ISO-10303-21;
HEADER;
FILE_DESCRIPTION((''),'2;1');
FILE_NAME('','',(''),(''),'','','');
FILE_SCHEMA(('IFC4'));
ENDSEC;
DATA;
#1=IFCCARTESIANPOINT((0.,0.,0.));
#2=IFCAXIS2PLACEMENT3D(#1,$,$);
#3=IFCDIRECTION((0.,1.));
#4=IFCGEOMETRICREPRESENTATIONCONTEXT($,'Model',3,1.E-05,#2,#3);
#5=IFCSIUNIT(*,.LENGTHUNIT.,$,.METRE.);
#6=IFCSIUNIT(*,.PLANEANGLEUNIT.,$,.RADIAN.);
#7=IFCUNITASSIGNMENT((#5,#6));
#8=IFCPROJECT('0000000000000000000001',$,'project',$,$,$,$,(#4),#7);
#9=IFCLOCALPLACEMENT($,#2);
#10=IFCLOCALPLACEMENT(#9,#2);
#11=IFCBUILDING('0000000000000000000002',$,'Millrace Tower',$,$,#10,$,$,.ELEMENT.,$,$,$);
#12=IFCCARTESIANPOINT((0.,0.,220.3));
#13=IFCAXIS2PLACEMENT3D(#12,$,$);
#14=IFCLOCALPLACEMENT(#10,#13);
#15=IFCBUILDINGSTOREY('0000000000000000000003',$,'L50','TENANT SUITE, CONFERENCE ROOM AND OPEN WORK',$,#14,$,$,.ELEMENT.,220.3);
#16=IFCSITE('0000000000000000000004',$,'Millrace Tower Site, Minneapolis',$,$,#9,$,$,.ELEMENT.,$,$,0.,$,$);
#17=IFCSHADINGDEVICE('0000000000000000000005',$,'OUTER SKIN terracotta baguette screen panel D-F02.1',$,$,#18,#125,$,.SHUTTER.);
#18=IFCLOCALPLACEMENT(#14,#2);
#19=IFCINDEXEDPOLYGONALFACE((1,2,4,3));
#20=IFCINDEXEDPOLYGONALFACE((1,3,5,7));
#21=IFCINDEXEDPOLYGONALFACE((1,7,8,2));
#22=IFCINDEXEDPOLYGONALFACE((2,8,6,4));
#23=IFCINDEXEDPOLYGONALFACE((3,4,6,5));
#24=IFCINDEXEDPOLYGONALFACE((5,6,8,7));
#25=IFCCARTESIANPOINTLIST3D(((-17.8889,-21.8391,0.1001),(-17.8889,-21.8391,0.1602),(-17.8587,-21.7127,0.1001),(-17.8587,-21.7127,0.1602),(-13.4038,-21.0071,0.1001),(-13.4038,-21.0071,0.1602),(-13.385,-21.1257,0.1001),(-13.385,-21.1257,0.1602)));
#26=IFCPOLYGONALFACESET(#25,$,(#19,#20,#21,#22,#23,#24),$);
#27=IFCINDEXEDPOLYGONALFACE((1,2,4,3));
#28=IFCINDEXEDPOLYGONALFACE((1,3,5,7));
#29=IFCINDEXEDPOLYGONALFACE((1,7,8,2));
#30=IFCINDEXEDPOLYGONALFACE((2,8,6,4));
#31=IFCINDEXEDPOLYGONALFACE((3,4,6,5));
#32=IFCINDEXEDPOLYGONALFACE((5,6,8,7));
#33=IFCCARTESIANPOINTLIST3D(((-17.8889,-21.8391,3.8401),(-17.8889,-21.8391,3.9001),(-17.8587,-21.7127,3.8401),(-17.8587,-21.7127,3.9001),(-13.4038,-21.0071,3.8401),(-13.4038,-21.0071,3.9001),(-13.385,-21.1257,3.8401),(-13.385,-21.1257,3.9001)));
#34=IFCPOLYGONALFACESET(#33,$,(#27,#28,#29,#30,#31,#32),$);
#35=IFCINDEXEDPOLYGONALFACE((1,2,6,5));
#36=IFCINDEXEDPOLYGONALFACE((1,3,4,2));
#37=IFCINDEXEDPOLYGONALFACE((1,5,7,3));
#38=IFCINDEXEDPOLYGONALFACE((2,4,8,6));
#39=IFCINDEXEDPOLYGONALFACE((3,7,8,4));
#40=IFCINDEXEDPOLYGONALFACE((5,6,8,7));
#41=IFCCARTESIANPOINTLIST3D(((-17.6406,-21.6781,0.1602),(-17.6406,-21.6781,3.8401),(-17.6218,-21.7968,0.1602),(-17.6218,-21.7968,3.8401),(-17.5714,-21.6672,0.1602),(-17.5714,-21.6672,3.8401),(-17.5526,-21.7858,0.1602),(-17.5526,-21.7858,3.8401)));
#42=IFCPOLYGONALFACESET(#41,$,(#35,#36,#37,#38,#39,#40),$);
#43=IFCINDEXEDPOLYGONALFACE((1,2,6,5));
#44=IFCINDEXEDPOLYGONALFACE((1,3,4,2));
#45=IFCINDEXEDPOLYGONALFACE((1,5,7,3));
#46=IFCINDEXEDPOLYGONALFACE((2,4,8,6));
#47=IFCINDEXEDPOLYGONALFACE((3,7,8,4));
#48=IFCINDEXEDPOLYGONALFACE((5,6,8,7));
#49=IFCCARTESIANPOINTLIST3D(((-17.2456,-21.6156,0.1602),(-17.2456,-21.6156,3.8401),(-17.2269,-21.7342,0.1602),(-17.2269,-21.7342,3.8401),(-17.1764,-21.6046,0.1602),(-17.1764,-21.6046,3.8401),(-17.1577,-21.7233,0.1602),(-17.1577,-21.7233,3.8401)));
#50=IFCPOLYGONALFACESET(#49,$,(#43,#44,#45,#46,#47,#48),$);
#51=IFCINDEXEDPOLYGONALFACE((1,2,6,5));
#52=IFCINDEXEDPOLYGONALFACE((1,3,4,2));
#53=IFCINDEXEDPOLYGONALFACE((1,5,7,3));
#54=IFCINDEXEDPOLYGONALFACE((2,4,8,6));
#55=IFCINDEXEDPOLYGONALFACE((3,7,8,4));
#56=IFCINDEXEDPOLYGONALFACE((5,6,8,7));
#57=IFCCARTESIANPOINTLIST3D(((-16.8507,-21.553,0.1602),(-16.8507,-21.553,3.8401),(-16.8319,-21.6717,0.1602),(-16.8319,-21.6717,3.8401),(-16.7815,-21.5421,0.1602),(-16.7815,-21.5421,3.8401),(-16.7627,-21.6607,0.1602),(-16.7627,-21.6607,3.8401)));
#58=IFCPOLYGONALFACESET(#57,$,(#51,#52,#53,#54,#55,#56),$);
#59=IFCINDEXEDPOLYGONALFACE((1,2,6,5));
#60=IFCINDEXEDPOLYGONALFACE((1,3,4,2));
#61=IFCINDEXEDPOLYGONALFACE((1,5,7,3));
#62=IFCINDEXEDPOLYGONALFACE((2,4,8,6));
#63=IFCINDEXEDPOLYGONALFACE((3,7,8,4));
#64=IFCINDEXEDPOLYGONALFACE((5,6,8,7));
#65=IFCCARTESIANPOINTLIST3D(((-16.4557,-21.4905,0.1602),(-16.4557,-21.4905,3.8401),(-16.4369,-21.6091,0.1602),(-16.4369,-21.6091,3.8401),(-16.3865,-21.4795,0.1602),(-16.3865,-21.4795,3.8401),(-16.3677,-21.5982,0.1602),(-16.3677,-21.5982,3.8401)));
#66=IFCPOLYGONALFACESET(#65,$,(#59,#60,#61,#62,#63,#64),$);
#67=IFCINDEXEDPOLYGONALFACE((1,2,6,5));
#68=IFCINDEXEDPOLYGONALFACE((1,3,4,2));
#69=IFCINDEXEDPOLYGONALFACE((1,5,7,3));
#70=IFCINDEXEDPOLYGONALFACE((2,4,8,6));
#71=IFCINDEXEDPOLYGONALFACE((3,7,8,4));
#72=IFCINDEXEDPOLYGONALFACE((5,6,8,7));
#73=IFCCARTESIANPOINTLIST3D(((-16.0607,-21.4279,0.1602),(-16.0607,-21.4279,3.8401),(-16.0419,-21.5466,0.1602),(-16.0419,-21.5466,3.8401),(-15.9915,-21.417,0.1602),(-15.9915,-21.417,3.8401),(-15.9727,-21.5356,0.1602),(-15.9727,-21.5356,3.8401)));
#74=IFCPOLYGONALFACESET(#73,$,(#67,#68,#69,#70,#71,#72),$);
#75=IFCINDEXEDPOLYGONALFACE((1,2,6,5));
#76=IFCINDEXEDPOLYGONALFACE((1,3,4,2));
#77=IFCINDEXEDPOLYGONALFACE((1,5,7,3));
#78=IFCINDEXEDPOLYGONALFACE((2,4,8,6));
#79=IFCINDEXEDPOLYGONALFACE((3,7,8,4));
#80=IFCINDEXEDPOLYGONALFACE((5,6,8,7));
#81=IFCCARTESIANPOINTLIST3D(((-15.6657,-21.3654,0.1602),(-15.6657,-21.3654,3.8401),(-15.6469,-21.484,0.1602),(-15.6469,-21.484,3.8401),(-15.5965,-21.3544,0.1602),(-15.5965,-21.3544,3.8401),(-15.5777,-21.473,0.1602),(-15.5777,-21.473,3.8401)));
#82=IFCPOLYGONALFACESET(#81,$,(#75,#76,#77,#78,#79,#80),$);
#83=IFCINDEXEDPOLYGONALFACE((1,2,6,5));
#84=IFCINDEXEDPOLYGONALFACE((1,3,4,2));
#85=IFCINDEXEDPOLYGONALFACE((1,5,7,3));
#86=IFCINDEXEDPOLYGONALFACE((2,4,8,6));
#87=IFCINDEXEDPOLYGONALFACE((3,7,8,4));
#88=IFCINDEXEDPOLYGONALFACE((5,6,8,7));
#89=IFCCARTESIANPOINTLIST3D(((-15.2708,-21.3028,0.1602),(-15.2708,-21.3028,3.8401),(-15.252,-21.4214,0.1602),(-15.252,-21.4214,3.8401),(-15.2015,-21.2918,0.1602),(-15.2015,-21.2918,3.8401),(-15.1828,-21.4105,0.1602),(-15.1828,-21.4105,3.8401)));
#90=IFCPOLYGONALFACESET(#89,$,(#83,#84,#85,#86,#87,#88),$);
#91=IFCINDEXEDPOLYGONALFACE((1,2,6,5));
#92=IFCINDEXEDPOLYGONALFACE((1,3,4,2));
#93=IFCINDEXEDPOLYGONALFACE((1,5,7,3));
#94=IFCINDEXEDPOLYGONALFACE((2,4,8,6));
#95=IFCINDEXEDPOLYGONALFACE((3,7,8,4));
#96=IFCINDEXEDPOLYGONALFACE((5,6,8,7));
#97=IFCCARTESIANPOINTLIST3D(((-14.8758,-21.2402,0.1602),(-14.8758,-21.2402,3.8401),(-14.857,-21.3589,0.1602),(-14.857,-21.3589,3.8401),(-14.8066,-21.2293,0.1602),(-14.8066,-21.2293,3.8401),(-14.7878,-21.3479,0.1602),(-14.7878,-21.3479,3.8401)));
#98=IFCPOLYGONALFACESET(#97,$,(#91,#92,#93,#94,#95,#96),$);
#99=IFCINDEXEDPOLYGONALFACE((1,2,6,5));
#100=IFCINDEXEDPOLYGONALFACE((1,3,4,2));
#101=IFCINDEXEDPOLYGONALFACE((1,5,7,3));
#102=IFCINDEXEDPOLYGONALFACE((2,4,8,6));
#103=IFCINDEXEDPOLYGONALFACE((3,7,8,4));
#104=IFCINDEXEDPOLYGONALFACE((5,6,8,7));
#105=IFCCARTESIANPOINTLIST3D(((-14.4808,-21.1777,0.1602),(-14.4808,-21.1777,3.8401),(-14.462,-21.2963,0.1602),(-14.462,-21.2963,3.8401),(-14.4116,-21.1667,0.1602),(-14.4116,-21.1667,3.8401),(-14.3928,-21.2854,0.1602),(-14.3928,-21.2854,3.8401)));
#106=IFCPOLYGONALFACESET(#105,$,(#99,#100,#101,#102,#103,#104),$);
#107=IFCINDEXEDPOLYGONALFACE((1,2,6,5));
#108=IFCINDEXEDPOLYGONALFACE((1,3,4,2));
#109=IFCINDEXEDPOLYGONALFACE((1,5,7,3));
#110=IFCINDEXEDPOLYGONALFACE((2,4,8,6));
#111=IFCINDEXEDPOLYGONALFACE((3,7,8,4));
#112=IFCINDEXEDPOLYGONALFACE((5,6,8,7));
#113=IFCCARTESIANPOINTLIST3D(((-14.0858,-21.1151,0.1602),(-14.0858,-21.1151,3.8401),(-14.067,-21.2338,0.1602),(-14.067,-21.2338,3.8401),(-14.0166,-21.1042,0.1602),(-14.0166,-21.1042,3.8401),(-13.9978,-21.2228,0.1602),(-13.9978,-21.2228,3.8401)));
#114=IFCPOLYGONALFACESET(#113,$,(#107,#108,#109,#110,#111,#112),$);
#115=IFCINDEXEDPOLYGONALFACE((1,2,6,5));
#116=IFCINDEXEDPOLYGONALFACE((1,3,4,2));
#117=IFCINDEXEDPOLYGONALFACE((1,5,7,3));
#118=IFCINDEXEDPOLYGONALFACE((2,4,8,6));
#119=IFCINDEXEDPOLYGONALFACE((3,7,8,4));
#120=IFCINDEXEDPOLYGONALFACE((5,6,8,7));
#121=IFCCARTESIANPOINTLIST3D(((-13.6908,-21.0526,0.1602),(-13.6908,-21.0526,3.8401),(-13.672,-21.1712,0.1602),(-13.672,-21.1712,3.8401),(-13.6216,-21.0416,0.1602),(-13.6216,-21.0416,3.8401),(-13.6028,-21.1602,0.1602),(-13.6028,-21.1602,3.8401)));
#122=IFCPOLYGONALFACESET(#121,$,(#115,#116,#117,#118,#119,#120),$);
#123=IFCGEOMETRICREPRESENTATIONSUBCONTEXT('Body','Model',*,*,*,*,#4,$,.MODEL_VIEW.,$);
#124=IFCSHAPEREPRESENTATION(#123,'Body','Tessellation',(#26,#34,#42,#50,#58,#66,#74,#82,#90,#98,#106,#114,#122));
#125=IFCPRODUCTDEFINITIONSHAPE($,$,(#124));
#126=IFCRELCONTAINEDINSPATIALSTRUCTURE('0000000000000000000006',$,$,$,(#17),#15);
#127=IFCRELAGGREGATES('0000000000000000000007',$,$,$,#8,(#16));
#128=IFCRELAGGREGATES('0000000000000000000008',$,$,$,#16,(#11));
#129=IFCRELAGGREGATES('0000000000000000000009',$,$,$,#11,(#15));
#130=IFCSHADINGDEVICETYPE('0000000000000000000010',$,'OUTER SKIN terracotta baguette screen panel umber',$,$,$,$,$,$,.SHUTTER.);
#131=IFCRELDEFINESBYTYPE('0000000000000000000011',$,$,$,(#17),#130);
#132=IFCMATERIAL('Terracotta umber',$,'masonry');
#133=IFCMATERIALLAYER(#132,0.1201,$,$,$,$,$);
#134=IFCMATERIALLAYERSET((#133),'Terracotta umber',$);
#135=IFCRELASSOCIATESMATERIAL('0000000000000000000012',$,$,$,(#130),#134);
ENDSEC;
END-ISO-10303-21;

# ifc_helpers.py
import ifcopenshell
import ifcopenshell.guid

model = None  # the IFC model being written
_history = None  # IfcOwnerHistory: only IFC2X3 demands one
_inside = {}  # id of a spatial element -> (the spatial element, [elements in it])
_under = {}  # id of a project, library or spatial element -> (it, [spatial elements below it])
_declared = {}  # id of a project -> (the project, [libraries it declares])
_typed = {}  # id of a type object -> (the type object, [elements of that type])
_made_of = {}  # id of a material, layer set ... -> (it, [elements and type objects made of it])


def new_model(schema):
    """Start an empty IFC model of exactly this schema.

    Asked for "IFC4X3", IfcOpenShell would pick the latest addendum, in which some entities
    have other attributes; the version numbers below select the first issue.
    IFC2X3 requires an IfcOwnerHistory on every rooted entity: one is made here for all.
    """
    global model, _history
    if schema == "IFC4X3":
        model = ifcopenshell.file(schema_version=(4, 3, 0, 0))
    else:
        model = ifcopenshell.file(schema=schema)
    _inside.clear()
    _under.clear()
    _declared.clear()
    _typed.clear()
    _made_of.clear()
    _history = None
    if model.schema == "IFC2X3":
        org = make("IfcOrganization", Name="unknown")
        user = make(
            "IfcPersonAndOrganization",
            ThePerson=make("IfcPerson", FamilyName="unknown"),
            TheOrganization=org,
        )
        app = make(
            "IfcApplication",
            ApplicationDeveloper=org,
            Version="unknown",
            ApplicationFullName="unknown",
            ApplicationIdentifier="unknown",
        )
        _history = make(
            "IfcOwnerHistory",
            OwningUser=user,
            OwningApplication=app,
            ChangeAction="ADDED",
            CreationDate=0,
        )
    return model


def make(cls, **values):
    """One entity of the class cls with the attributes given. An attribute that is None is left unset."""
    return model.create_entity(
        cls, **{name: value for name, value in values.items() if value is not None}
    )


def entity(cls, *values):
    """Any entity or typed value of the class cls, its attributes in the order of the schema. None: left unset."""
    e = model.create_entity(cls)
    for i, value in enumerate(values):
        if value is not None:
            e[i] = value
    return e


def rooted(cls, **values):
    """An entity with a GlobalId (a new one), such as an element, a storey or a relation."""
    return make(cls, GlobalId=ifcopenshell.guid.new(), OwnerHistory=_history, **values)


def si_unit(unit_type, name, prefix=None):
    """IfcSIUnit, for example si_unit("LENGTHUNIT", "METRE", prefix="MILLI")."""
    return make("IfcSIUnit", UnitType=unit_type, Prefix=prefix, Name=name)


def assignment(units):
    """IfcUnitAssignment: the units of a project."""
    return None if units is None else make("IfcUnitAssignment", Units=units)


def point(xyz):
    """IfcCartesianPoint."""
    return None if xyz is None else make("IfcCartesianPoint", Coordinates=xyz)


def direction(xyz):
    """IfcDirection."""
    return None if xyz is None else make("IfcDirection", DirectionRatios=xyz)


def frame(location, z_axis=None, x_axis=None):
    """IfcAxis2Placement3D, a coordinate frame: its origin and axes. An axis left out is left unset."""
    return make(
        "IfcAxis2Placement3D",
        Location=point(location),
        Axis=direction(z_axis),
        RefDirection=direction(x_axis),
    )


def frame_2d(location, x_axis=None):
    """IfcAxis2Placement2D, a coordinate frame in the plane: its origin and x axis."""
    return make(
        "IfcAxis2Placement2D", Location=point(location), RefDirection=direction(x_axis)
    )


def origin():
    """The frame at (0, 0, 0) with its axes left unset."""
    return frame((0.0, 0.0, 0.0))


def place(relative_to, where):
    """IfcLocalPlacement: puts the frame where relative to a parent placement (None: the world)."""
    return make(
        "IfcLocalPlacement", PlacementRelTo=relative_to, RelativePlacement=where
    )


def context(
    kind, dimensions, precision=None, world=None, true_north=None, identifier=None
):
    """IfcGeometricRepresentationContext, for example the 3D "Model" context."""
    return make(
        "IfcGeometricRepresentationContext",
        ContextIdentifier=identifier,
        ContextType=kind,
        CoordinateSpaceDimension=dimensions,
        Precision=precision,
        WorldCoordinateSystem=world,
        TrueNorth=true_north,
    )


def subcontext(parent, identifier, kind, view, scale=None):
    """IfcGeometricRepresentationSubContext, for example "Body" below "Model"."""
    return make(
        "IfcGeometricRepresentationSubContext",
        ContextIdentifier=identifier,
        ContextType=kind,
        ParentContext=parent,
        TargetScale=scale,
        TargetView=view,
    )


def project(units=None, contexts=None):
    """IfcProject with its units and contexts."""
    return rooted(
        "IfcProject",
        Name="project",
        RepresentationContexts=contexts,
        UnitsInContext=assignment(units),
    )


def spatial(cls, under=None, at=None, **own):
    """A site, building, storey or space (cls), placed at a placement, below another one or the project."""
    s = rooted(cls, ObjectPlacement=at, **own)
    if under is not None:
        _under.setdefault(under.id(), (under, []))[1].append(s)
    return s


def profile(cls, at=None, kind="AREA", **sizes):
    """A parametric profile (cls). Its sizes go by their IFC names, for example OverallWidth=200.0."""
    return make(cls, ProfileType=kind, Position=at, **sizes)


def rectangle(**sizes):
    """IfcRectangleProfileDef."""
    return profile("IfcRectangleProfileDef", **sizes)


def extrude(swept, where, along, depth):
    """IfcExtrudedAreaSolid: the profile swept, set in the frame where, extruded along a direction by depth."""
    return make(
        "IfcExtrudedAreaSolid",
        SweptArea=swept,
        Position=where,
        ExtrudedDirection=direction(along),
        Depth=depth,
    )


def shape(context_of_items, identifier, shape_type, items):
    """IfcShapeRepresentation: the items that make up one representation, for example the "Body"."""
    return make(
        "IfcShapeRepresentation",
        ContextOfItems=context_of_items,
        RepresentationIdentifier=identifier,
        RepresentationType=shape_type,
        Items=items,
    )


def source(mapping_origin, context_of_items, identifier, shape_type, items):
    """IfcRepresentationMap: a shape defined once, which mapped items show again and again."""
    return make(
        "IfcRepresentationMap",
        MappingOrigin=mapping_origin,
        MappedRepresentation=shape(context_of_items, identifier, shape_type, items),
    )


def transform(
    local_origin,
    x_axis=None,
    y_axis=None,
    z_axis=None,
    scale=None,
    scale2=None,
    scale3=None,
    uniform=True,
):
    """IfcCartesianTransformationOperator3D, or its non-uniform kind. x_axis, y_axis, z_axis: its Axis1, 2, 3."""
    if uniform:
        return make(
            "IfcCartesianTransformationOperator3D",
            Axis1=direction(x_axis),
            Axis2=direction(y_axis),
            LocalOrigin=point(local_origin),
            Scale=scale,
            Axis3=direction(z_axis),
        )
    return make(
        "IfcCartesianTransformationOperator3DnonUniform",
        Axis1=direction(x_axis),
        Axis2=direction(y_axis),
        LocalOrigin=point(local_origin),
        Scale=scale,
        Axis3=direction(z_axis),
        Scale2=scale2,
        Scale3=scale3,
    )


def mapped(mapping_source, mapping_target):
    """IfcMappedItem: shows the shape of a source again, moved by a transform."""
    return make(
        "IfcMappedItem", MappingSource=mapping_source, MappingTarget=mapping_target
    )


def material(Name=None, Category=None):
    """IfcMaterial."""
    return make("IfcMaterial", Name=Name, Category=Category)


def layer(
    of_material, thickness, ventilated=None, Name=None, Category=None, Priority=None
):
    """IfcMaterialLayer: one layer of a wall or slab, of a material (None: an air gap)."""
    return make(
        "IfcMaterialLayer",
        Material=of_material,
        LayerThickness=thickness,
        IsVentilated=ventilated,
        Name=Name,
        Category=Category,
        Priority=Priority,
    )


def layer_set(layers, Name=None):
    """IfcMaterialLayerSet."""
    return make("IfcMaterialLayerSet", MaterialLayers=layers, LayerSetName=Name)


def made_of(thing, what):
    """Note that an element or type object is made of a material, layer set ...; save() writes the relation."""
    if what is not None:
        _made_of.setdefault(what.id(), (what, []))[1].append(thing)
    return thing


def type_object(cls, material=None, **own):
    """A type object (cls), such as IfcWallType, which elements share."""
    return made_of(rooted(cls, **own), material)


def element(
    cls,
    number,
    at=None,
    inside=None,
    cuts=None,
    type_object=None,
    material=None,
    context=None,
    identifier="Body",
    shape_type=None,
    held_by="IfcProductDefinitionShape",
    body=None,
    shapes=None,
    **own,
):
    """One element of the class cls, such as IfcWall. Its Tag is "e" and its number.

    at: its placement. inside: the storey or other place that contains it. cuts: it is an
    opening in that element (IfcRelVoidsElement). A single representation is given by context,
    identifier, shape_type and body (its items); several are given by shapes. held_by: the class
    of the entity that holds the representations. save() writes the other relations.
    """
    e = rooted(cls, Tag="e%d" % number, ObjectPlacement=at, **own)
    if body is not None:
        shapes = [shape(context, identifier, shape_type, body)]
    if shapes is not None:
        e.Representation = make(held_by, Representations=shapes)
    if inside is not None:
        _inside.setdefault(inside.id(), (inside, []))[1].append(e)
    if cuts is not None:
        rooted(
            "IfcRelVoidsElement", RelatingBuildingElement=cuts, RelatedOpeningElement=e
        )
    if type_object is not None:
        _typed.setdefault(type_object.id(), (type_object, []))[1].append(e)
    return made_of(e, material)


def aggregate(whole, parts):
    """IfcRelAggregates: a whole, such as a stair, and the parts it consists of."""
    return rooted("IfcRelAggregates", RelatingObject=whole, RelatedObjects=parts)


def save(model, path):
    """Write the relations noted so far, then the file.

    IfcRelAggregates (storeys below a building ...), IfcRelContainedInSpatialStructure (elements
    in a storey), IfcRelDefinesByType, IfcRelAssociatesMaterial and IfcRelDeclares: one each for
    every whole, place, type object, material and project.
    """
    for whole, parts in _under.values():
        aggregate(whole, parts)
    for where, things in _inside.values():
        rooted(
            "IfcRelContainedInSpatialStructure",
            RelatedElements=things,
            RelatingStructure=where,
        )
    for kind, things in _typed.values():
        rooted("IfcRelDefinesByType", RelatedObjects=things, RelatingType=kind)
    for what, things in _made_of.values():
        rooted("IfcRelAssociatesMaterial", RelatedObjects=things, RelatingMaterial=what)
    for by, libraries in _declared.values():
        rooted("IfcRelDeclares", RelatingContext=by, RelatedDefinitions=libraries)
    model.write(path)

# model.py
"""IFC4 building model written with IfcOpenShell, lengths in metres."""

from ifc_helpers import new_model, entity, si_unit, direction, frame, frame_2d, origin, place, context, subcontext, project, spatial, rectangle, extrude, source, transform, mapped, material, layer, layer_set, type_object, element, save


model = new_model("IFC4")

# Units and contexts
model_context = context("Model", 3, precision=1e-05, world=origin(), true_north=direction((0.0, 1.0)))
body_context = subcontext(model_context, "Body", "Model", "MODEL_VIEW")
ifc_project = project(units=[si_unit("LENGTHUNIT", "METRE"), si_unit("PLANEANGLEUNIT", "RADIAN")], contexts=[model_context])

# Site, building, storey
site_placement = place(None, origin())
site = spatial("IfcSite", under=ifc_project, at=site_placement, Name="Millrace Tower Site, Minneapolis", CompositionType="ELEMENT", RefElevation=0.0)
building_placement = place(site_placement, origin())
building = spatial("IfcBuilding", under=site, at=building_placement, Name="Millrace Tower", CompositionType="ELEMENT")
storey_placement = place(building_placement, frame((0.0, 0.0, 220.3)))
storey = spatial("IfcBuildingStorey", under=building, at=storey_placement, Name="L50", Description="TENANT SUITE, CONFERENCE ROOM AND OPEN WORK", CompositionType="ELEMENT", Elevation=220.3)

# Shading device
ifc_material_1 = material(Name="Terracotta umber", Category="masonry")
ifc_layer_1 = layer(ifc_material_1, 0.1201)
ifc_layer_set_1 = layer_set([ifc_layer_1], Name="Terracotta umber")
shading_device_type = type_object("IfcShadingDeviceType", Name="OUTER SKIN terracotta baguette screen panel umber", PredefinedType="SHUTTER", material=ifc_layer_set_1)
cartesian_point_1 = entity("IfcCartesianPoint", [-2.2429, 0.0601])
shared_polyline_1 = entity("IfcPolyline", [cartesian_point_1, entity("IfcCartesianPoint", [2.2676, 0.0601]), entity("IfcCartesianPoint", [2.2676, -0.0601]), entity("IfcCartesianPoint", [-2.2925, -0.0601]), cartesian_point_1])
shared_shape_1 = source(origin(), body_context, "Body", "SweptSolid", [
    entity("IfcExtrudedAreaSolid", entity("IfcArbitraryClosedProfileDef", "AREA", None, shared_polyline_1), entity("IfcAxis2Placement3D", entity("IfcCartesianPoint", [0.0, 0.0, 0.0])), entity("IfcDirection", [0.0, 0.0, 1.0]), 0.0601),
    entity("IfcExtrudedAreaSolid", entity("IfcArbitraryClosedProfileDef", "AREA", None, shared_polyline_1), entity("IfcAxis2Placement3D", entity("IfcCartesianPoint", [0.0, 0.0, 3.74])), entity("IfcDirection", [0.0, 0.0, 1.0]), 0.0601),
    extrude(rectangle(XDim=0.0701, YDim=0.1201, at=frame_2d((-1.9871, 0.0))), frame((0.0, 0.0, 0.0601)), (0.0, 0.0, 1.0), 3.6799),
    extrude(rectangle(XDim=0.0701, YDim=0.1201, at=frame_2d((-1.5872, 0.0))), frame((0.0, 0.0, 0.0601)), (0.0, 0.0, 1.0), 3.6799),
    extrude(rectangle(XDim=0.0701, YDim=0.1201, at=frame_2d((-1.1873, 0.0))), frame((0.0, 0.0, 0.0601)), (0.0, 0.0, 1.0), 3.6799),
    extrude(rectangle(XDim=0.0701, YDim=0.1201, at=frame_2d((-0.7874, 0.0))), frame((0.0, 0.0, 0.0601)), (0.0, 0.0, 1.0), 3.6799),
    extrude(rectangle(XDim=0.0701, YDim=0.1201, at=frame_2d((-0.3875, 0.0))), frame((0.0, 0.0, 0.0601)), (0.0, 0.0, 1.0), 3.6799),
    extrude(rectangle(XDim=0.0701, YDim=0.1201, at=frame_2d((0.0125, 0.0))), frame((0.0, 0.0, 0.0601)), (0.0, 0.0, 1.0), 3.6799),
    extrude(rectangle(XDim=0.0701, YDim=0.1201, at=frame_2d((0.4124, 0.0))), frame((0.0, 0.0, 0.0601)), (0.0, 0.0, 1.0), 3.6799),
    extrude(rectangle(XDim=0.0701, YDim=0.1201, at=frame_2d((0.8123, 0.0))), frame((0.0, 0.0, 0.0601)), (0.0, 0.0, 1.0), 3.6799),
    extrude(rectangle(XDim=0.0701, YDim=0.1201, at=frame_2d((1.2122, 0.0))), frame((0.0, 0.0, 0.0601)), (0.0, 0.0, 1.0), 3.6799),
    extrude(rectangle(XDim=0.0701, YDim=0.1201, at=frame_2d((1.6121, 0.0))), frame((0.0, 0.0, 0.0601)), (0.0, 0.0, 1.0), 3.6799),
    extrude(rectangle(XDim=0.0701, YDim=0.1201, at=frame_2d((2.012, 0.0))), frame((0.0, 0.0, 0.0601)), (0.0, 0.0, 1.0), 3.6799),
])
shading_device_1_placement = place(storey_placement, frame((-15.634, -21.4211, 0.1001), z_axis=(0.0, 0.0, 1.0), x_axis=(0.987688, 0.156434, 0.0)))
element("IfcShadingDevice", 1, at=shading_device_1_placement, inside=storey, type_object=shading_device_type, Name="OUTER SKIN terracotta baguette screen panel D-F02.1", PredefinedType="SHUTTER", context=body_context, shape_type="MappedRepresentation", body=[
    mapped(shared_shape_1, transform((0.0, 0.0, 0.0), scale=1.0)),
])

save(model, "model.ifc")
